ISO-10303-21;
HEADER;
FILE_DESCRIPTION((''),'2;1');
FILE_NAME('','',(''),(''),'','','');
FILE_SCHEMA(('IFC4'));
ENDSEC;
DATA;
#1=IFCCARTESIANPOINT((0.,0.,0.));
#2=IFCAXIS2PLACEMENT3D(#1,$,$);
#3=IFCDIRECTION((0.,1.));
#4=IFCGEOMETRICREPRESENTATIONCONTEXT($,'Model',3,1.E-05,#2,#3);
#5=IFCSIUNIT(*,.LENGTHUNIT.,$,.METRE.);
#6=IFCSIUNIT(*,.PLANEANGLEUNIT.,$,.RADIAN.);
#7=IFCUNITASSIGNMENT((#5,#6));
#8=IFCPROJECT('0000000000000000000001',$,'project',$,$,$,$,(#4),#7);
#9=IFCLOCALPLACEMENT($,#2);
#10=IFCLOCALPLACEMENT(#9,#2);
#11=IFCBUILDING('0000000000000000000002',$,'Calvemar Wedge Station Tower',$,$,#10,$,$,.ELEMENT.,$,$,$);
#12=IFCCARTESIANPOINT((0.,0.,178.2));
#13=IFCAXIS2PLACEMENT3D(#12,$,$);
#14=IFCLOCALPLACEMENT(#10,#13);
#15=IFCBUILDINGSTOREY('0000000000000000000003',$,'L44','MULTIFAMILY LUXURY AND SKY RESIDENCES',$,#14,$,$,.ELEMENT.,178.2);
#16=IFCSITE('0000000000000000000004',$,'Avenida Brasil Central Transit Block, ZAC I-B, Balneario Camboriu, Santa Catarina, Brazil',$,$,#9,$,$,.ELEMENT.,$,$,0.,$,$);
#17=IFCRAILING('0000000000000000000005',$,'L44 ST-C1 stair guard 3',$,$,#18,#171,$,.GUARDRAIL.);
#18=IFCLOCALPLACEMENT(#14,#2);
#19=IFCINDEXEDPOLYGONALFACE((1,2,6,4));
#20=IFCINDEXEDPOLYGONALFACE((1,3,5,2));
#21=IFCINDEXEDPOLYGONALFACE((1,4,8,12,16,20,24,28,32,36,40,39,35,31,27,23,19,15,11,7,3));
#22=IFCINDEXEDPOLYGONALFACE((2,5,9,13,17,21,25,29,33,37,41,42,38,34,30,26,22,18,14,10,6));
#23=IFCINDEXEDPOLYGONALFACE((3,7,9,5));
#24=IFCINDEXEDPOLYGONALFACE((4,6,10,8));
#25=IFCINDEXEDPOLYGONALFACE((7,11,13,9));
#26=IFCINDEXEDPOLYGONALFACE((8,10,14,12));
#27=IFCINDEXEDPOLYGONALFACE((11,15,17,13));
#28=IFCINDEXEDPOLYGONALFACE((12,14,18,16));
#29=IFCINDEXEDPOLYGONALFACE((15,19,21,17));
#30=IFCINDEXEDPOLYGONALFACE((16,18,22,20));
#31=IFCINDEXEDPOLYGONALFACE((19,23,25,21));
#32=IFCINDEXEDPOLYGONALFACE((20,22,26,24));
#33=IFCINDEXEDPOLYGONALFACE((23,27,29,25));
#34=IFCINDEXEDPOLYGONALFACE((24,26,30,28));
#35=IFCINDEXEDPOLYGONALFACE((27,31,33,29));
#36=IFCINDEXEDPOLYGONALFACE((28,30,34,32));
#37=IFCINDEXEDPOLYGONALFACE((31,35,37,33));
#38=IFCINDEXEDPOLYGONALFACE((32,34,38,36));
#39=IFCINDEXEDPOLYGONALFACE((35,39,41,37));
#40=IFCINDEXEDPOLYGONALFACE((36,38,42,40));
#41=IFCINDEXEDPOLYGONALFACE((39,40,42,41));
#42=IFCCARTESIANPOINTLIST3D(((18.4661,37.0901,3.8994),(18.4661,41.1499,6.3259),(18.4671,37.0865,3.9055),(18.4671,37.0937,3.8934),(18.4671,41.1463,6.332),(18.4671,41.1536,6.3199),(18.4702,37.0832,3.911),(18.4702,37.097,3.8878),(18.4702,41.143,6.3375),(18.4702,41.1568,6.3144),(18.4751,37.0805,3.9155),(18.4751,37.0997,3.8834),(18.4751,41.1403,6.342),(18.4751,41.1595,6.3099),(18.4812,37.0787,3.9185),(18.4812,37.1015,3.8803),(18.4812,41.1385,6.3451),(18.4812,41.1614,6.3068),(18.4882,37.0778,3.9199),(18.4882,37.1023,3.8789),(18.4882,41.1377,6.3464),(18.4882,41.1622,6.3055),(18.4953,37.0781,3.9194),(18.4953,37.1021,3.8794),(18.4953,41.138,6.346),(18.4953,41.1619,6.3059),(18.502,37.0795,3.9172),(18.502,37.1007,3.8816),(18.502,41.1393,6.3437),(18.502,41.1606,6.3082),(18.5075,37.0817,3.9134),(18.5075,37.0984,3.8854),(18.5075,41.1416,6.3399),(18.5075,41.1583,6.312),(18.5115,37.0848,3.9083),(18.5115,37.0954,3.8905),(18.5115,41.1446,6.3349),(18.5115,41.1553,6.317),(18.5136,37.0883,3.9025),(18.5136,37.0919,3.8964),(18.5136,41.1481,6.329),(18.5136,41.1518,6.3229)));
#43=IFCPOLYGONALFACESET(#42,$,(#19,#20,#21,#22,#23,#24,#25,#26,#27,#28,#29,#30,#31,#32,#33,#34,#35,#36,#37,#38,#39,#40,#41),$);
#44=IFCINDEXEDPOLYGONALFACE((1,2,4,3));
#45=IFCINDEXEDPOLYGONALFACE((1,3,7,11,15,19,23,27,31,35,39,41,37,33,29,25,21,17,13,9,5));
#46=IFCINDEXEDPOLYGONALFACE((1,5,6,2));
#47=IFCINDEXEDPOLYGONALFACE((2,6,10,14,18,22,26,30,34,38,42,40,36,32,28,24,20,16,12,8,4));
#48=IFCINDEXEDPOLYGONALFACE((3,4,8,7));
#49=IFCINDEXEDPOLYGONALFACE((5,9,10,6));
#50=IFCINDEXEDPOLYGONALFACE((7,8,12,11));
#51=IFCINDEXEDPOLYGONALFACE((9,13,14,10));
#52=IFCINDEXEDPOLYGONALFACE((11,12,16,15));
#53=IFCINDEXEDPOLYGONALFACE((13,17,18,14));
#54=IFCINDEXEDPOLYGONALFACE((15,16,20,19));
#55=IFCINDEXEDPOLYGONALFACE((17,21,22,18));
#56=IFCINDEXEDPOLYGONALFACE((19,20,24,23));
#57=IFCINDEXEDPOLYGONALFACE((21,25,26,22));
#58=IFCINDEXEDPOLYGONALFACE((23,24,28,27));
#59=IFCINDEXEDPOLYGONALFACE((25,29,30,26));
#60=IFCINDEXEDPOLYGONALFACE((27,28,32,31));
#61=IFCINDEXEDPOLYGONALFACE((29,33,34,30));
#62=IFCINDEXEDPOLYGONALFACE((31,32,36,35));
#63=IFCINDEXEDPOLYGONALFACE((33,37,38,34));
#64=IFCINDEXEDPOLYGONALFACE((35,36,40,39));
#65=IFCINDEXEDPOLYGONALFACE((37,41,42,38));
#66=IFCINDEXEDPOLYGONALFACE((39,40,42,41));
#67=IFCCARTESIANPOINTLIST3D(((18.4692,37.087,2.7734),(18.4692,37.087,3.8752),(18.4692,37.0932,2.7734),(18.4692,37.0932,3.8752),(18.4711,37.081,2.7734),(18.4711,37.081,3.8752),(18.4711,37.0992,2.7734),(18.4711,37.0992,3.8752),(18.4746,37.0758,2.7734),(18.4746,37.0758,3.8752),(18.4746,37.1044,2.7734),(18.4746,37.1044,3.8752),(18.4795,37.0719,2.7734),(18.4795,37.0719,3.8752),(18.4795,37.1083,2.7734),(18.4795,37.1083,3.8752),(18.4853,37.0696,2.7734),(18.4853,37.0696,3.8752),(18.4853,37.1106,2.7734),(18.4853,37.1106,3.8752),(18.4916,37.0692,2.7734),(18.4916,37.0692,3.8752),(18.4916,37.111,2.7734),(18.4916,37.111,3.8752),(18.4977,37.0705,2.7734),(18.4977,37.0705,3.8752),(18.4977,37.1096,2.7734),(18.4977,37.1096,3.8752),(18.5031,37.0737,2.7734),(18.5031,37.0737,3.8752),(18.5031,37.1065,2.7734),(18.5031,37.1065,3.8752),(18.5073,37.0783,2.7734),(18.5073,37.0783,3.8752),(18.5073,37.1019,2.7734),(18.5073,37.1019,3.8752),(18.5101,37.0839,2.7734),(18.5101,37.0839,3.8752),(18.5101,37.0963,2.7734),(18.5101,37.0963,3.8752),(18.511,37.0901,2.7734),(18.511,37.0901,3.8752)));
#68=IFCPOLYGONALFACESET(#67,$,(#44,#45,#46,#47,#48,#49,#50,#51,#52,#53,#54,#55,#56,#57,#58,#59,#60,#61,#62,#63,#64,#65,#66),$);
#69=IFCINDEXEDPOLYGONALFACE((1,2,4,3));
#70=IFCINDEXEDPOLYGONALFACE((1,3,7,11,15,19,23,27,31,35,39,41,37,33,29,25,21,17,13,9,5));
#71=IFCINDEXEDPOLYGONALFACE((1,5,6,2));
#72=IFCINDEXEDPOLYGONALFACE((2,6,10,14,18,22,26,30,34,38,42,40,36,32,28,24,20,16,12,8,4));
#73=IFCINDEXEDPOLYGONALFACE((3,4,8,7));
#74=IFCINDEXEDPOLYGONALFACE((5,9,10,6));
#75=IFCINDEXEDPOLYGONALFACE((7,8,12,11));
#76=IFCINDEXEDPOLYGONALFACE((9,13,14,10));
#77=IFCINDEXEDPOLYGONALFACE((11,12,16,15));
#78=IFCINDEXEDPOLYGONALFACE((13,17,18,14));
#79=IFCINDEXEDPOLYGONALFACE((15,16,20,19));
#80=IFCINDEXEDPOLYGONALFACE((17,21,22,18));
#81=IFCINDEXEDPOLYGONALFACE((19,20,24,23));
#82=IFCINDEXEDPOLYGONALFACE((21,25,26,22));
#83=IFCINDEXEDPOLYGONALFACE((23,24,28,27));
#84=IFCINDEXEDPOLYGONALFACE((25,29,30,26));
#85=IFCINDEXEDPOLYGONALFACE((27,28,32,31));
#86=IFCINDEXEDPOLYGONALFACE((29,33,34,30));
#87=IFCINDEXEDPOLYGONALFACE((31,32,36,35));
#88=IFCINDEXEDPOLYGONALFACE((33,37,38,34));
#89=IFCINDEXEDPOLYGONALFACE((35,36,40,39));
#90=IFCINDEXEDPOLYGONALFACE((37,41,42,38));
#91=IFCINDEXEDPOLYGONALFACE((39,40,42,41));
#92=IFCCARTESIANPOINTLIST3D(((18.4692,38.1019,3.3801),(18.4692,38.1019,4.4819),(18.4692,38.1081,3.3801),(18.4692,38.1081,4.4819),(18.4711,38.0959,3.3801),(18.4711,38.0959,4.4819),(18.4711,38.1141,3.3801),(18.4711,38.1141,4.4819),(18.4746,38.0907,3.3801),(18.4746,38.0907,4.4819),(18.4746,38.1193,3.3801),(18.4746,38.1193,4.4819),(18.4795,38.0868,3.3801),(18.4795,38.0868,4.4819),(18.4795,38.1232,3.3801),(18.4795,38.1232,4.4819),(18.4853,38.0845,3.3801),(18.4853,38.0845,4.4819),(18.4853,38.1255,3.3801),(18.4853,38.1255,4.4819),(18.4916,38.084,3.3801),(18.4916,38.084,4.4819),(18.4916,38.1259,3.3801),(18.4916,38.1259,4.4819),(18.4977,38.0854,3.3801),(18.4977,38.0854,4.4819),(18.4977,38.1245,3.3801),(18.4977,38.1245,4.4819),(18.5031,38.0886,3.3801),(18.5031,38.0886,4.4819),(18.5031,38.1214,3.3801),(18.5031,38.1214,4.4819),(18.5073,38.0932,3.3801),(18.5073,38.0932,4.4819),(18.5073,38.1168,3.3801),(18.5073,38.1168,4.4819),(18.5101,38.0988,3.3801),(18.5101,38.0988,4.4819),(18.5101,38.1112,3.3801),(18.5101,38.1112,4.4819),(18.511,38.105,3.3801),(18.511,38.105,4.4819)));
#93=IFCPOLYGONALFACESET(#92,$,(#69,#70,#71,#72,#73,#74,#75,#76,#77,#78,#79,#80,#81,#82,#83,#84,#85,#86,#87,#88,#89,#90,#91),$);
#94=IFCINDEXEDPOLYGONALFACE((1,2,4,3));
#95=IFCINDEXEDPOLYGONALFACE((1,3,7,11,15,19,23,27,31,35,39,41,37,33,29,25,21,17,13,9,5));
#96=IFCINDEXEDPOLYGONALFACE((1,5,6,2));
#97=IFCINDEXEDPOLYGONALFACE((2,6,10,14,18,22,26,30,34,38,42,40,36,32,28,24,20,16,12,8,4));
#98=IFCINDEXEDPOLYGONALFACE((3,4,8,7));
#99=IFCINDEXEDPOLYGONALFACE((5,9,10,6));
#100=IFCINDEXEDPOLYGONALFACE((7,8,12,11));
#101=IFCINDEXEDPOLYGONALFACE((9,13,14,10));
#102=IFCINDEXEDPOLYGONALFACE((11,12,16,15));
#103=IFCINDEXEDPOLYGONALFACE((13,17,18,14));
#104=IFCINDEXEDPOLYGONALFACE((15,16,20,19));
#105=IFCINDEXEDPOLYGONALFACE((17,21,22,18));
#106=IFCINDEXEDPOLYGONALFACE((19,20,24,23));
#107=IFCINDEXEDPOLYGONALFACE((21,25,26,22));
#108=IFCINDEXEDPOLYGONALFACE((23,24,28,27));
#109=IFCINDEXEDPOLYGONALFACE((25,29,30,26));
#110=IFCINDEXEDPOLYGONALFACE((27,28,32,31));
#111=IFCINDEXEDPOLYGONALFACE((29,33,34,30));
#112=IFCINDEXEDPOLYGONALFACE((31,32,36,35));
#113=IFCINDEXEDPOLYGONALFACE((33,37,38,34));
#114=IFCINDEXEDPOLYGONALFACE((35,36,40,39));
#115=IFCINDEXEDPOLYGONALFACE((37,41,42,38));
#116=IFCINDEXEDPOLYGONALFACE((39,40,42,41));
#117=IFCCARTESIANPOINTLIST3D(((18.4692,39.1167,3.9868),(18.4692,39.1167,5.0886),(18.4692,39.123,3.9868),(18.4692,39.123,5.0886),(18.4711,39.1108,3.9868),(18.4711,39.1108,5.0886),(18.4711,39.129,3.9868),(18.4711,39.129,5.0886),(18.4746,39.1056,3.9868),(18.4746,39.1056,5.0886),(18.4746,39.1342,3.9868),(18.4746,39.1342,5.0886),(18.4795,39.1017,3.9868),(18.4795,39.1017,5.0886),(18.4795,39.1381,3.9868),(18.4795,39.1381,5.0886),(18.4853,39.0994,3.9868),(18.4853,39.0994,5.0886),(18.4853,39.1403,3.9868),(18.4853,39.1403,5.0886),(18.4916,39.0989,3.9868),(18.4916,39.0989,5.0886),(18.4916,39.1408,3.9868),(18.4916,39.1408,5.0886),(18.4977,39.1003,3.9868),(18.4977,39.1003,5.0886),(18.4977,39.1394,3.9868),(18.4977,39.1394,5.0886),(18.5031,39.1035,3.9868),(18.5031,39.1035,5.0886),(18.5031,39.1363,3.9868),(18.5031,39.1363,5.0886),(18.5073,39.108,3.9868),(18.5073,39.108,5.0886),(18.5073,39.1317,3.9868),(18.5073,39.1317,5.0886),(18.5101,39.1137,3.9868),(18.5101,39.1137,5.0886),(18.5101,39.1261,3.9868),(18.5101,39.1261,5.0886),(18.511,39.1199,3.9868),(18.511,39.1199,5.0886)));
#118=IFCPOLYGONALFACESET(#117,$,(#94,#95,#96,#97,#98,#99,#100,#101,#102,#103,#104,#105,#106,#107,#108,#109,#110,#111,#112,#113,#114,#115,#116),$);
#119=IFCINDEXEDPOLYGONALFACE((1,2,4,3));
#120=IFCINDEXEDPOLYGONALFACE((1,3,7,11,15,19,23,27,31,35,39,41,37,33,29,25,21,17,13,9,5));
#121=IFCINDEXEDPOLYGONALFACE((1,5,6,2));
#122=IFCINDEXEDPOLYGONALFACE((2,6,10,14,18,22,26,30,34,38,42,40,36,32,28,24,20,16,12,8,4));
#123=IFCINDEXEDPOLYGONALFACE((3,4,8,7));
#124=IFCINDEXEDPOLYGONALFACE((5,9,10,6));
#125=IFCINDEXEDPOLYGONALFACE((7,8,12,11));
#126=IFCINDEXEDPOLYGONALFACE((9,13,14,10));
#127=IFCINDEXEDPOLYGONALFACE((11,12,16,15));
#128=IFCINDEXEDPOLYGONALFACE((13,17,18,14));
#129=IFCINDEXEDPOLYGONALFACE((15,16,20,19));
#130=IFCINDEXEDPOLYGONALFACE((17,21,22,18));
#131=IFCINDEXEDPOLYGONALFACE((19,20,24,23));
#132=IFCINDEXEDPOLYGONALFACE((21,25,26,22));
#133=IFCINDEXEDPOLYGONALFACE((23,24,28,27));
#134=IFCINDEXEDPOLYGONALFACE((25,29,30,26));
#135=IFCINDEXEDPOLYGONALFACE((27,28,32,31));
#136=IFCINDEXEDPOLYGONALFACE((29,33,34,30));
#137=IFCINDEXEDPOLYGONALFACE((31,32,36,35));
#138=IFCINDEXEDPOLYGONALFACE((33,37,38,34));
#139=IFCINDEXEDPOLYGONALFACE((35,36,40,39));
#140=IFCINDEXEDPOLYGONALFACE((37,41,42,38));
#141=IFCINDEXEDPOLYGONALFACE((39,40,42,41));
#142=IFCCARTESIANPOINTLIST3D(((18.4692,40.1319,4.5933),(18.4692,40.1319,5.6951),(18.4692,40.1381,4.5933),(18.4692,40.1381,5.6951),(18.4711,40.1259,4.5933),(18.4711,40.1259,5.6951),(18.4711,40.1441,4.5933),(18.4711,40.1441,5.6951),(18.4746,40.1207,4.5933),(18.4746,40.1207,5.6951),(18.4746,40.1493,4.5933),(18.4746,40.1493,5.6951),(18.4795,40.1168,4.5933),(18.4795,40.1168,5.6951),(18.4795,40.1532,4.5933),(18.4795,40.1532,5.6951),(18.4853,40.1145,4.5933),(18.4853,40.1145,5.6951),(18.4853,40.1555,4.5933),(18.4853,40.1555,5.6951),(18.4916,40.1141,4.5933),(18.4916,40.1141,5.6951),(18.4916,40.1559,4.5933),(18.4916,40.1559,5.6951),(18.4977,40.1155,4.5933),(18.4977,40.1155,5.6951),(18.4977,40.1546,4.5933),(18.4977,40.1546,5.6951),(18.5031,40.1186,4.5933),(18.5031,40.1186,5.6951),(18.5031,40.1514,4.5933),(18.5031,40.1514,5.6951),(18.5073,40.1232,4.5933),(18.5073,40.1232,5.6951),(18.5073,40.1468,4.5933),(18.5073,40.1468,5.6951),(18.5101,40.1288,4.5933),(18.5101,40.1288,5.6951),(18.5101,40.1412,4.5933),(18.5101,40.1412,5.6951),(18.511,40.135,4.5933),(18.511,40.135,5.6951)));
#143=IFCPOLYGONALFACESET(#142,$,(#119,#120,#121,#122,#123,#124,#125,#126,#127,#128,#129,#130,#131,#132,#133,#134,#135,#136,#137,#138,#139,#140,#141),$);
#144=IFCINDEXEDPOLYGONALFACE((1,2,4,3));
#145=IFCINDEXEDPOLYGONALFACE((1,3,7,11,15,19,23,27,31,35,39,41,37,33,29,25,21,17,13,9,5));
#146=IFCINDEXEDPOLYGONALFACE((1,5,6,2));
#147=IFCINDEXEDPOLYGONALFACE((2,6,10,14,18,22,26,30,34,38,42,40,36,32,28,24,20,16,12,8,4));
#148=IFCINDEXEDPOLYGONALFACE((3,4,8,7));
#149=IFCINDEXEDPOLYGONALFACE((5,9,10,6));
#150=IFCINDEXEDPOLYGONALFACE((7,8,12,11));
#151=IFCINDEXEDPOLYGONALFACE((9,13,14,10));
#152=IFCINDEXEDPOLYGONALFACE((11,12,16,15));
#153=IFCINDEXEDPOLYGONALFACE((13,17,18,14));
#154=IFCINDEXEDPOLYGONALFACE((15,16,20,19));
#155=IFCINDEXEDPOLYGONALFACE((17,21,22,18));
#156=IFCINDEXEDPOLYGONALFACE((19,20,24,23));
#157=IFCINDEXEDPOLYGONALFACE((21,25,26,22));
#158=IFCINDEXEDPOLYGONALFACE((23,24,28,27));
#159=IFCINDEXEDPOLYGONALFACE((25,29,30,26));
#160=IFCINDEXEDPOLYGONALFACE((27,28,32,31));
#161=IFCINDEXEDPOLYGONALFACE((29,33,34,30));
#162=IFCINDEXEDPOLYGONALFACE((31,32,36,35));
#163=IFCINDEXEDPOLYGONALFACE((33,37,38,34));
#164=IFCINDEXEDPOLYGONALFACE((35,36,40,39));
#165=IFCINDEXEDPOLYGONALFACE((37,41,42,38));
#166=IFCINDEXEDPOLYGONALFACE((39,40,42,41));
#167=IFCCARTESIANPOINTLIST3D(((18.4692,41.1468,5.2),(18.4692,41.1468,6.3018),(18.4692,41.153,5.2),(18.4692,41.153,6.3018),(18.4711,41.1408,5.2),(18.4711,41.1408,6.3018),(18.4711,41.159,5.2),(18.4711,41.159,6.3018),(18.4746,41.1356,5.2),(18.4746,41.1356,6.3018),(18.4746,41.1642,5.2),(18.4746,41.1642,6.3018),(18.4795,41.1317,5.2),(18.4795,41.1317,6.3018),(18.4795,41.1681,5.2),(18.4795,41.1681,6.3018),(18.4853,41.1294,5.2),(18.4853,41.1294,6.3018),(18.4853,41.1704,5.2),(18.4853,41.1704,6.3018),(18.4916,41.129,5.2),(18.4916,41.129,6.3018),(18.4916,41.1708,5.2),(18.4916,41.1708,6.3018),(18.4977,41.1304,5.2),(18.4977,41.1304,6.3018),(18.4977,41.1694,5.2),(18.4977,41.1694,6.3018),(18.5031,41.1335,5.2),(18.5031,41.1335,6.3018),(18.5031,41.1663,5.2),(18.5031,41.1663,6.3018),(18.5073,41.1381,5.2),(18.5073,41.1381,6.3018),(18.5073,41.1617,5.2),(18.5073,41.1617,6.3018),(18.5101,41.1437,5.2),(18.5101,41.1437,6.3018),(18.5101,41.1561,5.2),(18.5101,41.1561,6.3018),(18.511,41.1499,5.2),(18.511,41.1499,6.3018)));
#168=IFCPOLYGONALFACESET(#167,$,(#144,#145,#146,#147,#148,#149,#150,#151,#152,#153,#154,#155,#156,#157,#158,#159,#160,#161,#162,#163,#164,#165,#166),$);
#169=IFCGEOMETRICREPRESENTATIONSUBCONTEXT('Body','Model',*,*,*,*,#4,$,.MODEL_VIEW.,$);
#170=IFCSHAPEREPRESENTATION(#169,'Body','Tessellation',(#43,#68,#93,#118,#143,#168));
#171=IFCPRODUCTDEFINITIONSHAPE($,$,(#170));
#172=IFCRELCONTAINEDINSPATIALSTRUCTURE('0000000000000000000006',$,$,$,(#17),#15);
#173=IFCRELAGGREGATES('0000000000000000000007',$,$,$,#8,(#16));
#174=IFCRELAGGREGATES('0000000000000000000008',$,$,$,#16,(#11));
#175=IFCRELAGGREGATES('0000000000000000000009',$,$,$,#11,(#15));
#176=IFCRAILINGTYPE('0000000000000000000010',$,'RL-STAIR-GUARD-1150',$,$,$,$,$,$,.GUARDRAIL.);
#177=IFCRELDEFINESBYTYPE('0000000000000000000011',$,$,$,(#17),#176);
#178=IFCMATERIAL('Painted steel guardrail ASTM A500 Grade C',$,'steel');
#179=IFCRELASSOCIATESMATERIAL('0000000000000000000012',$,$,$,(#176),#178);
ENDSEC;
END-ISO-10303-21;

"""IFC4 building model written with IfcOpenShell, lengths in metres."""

from ifc_helpers import new_model, si_unit, direction, frame, origin, origin_2d, place, context, subcontext, project, spatial, circle, extrude, material, type_object, element, save


model = new_model("IFC4")

# Units and contexts
model_context = context("Model", 3, precision=1e-05, world=origin(), true_north=direction((0.0, 1.0)))
body_context = subcontext(model_context, "Body", "Model", "MODEL_VIEW")
ifc_project = project(units=[si_unit("LENGTHUNIT", "METRE"), si_unit("PLANEANGLEUNIT", "RADIAN")], contexts=[model_context])

# Site, building, storey
site_placement = place(None, origin())
site = spatial("IfcSite", under=ifc_project, at=site_placement, Name="Avenida Brasil Central Transit Block, ZAC I-B, Balneario Camboriu, Santa Catarina, Brazil", CompositionType="ELEMENT", RefElevation=0.0)
building_placement = place(site_placement, origin())
building = spatial("IfcBuilding", under=site, at=building_placement, Name="Calvemar Wedge Station Tower", CompositionType="ELEMENT")
storey_placement = place(building_placement, frame((0.0, 0.0, 178.2)))
storey = spatial("IfcBuildingStorey", under=building, at=storey_placement, Name="L44", Description="MULTIFAMILY LUXURY AND SKY RESIDENCES", CompositionType="ELEMENT", Elevation=178.2)

# Railing
ifc_material_1 = material(Name="Painted steel guardrail ASTM A500 Grade C", Category="steel")
railing_type_1 = type_object("IfcRailingType", Name="RL-STAIR-GUARD-1150", PredefinedType="GUARDRAIL", material=ifc_material_1)
railing_1_placement = place(storey_placement, frame((18.49, 37.0901, 2.7734)))
element("IfcRailing", 1, at=railing_1_placement, inside=storey, type_object=railing_type_1, Name="L44 ST-C1 stair guard 3", PredefinedType="GUARDRAIL", context=body_context, shape_type="SweptSolid", body=[
    extrude(circle(Radius=0.0239, at=origin_2d()), frame((0.0, 0.0, 1.126), z_axis=(0.0, 0.858366, 0.513038), x_axis=(-1.0, 0.0, 0.0)), (0.0, 0.0, 1.0), 4.7297),
    extrude(circle(Radius=0.021, at=origin_2d()), origin(), (0.0, 0.0, 1.0), 1.1018),
    extrude(circle(Radius=0.021, at=origin_2d()), frame((0.0, 1.0149, 0.6067)), (0.0, 0.0, 1.0), 1.1018),
    extrude(circle(Radius=0.021, at=origin_2d()), frame((0.0, 2.0298, 1.2134)), (0.0, 0.0, 1.0), 1.1018),
    extrude(circle(Radius=0.021, at=origin_2d()), frame((0.0, 3.0449, 1.8198)), (0.0, 0.0, 1.0), 1.1018),
    extrude(circle(Radius=0.021, at=origin_2d()), frame((0.0, 4.0598, 2.4265)), (0.0, 0.0, 1.0), 1.1018),
])

save(model, "model.ifc")
